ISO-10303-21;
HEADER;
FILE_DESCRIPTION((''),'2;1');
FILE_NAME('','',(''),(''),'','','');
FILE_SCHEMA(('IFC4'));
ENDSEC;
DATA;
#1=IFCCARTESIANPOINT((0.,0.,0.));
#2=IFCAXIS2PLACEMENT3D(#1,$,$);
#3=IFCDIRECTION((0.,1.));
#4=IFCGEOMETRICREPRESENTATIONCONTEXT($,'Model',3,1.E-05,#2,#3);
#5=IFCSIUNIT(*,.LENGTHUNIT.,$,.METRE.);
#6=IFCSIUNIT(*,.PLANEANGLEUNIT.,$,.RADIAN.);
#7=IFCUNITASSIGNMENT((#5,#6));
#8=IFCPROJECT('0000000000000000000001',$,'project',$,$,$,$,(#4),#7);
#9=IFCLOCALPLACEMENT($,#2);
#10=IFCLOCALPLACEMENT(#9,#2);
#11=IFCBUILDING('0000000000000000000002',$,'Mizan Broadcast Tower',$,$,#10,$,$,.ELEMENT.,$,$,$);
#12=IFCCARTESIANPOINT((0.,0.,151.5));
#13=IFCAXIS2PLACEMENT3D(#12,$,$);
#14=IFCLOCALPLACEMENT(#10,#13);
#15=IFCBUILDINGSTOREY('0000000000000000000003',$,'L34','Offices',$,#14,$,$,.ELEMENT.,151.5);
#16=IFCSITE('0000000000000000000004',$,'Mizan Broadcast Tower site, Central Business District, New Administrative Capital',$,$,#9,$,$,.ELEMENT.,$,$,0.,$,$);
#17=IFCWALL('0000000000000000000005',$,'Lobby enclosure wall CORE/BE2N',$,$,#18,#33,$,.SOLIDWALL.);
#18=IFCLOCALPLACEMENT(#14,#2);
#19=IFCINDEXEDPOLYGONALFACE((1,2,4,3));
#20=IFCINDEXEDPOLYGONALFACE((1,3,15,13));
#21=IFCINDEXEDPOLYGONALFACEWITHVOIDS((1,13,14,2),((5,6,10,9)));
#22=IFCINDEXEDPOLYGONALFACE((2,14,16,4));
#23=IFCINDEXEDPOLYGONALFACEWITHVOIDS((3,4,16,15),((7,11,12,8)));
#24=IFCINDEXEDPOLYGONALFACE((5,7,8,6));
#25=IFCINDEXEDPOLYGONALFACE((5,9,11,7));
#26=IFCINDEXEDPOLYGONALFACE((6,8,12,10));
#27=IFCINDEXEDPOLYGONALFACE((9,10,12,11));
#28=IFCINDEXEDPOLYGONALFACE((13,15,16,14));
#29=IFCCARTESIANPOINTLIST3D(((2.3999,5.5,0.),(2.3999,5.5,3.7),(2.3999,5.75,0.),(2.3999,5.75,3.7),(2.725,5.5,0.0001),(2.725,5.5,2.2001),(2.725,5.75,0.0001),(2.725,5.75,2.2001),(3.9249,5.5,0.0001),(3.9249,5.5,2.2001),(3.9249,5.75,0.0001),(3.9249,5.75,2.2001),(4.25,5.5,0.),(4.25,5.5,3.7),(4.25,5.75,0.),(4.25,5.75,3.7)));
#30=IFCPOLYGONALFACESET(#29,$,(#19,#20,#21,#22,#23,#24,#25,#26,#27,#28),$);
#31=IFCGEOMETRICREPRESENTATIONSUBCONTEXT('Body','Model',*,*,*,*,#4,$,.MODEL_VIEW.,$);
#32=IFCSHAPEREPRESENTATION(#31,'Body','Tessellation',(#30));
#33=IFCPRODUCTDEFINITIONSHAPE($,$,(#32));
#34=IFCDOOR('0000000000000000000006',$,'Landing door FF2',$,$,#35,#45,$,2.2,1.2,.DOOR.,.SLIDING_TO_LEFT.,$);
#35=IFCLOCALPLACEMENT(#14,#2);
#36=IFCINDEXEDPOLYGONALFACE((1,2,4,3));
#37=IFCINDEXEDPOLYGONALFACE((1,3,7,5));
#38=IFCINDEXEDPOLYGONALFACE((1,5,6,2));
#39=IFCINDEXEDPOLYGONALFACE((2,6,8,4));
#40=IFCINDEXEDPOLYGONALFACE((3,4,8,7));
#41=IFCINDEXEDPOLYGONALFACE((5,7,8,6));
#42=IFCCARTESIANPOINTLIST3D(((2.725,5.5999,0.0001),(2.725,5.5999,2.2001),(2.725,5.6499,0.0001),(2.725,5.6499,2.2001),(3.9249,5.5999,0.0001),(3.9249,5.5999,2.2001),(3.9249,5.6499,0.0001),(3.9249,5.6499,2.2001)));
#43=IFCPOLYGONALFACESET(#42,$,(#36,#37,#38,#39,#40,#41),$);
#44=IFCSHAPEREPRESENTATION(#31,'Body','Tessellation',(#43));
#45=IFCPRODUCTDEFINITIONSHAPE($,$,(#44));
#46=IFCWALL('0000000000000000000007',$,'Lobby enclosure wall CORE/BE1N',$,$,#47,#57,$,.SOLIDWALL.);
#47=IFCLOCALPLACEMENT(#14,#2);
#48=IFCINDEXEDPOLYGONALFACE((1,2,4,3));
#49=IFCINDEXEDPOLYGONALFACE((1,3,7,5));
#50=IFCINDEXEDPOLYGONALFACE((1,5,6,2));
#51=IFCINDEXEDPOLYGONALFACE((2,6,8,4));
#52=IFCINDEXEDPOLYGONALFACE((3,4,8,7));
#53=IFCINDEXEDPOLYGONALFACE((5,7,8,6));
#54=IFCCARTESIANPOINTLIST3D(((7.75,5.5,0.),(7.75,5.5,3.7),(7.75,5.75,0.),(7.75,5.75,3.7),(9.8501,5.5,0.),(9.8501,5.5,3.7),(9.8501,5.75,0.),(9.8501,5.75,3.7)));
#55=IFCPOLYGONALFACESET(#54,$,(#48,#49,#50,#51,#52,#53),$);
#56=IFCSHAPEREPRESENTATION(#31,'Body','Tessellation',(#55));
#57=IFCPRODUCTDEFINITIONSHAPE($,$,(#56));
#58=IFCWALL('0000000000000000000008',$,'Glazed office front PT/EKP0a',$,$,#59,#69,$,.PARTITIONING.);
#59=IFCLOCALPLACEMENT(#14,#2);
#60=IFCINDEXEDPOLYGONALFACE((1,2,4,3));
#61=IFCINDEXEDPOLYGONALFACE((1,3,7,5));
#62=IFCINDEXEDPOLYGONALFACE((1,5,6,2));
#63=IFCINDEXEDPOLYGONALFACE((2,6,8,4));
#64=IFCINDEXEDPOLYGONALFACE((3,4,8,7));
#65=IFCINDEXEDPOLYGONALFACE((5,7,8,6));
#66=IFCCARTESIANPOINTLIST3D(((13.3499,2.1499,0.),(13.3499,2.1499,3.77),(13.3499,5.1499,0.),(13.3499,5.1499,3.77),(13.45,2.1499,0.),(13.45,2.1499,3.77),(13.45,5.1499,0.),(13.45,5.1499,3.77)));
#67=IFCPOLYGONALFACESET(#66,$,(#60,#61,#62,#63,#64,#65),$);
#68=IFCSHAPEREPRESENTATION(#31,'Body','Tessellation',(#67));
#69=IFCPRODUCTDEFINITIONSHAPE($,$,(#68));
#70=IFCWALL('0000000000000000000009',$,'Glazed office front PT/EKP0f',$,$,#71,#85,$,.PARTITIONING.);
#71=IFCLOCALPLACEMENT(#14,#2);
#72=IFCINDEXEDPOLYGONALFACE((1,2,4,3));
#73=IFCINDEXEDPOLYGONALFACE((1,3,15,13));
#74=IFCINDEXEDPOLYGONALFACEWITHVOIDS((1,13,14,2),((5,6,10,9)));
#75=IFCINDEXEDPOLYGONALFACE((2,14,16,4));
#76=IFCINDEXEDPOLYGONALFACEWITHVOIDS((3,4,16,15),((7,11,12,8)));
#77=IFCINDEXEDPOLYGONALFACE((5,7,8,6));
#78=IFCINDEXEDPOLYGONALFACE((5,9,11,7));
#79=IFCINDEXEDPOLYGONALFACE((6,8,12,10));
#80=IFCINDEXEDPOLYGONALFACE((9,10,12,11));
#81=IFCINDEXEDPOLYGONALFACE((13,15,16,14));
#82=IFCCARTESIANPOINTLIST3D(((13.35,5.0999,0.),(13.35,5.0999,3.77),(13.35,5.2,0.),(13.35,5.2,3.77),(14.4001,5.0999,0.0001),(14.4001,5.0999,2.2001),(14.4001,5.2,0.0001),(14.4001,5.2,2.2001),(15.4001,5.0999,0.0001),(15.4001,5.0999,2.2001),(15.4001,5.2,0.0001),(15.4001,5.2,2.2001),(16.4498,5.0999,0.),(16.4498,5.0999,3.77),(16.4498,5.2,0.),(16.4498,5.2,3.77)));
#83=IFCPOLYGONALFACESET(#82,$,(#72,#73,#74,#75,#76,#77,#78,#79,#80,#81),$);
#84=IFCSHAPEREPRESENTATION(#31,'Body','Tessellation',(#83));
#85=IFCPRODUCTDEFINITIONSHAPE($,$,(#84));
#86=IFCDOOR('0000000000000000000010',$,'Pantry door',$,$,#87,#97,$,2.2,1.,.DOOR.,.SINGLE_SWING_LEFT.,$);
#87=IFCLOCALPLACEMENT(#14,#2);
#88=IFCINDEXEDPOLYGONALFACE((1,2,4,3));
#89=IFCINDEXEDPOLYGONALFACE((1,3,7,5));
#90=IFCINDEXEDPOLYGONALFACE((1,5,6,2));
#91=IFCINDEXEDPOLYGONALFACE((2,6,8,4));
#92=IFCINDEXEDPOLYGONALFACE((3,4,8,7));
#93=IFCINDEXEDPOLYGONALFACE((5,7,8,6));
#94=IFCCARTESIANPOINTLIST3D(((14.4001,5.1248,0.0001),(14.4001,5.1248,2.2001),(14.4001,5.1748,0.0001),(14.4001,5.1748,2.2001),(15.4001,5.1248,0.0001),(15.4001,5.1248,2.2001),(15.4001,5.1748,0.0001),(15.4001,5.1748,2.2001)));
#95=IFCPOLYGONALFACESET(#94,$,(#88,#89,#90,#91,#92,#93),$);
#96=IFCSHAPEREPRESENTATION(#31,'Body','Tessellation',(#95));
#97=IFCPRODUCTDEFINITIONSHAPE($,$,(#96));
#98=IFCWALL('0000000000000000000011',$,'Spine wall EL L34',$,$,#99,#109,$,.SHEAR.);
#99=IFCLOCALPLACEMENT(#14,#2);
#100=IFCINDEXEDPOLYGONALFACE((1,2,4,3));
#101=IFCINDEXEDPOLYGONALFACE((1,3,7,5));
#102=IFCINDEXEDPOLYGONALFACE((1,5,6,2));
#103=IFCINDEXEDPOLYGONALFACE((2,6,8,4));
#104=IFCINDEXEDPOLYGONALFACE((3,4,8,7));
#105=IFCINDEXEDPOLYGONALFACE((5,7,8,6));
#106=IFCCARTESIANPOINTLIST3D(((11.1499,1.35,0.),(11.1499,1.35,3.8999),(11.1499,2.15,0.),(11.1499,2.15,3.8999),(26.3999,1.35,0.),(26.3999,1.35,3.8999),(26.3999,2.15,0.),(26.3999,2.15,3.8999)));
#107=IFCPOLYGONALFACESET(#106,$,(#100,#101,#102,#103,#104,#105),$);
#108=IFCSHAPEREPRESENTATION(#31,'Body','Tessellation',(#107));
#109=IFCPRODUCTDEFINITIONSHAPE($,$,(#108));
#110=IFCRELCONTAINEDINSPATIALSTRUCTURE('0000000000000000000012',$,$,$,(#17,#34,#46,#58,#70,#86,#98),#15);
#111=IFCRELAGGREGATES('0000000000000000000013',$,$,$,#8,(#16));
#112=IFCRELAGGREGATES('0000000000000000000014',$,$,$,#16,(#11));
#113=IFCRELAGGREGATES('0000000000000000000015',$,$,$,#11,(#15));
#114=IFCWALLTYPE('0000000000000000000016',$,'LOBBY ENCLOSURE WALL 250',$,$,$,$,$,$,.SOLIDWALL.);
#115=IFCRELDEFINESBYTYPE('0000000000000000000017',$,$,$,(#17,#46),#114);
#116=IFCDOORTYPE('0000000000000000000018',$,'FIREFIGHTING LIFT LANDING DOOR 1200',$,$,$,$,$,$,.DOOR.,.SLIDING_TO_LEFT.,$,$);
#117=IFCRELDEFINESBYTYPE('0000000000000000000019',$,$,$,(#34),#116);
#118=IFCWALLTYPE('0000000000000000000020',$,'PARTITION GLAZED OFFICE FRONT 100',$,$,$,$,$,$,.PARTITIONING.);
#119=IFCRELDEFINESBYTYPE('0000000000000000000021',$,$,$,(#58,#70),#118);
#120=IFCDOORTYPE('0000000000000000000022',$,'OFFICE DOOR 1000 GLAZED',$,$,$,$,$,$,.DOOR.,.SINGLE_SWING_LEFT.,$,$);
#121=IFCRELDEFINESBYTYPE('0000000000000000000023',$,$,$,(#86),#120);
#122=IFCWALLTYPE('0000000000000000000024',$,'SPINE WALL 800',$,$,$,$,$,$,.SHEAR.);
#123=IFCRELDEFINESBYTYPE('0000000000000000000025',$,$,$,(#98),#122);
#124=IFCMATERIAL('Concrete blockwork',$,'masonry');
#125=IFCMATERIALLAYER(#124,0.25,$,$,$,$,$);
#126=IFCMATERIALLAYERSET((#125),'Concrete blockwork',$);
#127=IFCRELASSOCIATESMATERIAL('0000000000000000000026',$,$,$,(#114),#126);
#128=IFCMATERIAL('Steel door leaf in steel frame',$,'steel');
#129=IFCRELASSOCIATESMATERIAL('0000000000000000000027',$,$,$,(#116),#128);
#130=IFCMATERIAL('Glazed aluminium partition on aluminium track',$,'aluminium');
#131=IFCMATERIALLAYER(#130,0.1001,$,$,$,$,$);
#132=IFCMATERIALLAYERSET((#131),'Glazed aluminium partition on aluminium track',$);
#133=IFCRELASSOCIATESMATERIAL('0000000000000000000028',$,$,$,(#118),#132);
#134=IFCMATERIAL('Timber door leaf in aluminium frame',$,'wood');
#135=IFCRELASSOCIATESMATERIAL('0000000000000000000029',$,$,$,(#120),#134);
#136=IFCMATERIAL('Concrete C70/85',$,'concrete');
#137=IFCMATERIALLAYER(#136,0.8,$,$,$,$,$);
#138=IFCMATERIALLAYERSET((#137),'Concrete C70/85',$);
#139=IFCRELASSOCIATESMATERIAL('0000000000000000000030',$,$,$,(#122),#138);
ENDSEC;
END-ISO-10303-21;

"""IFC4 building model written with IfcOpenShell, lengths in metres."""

from ifc_helpers import new_model, si_unit, direction, frame, frame_2d, origin, place, context, subcontext, project, spatial, rectangle, extrude, material, layer, layer_set, type_object, element, fill, save


model = new_model("IFC4")

# Units and contexts
model_context = context("Model", 3, precision=1e-05, world=origin(), true_north=direction((0.0, 1.0)))
body_context = subcontext(model_context, "Body", "Model", "MODEL_VIEW")
ifc_project = project(units=[si_unit("LENGTHUNIT", "METRE"), si_unit("PLANEANGLEUNIT", "RADIAN")], contexts=[model_context])

# Site, building, storey
site_placement = place(None, origin())
site = spatial("IfcSite", under=ifc_project, at=site_placement, Name="Mizan Broadcast Tower site, Central Business District, New Administrative Capital", CompositionType="ELEMENT", RefElevation=0.0)
building_placement = place(site_placement, origin())
building = spatial("IfcBuilding", under=site, at=building_placement, Name="Mizan Broadcast Tower", CompositionType="ELEMENT")
storey_placement = place(building_placement, frame((0.0, 0.0, 151.5)))
storey = spatial("IfcBuildingStorey", under=building, at=storey_placement, Name="L34", Description="Offices", CompositionType="ELEMENT", Elevation=151.5)

# Wall, opening, door
ifc_material_1 = material(Name="Concrete blockwork", Category="masonry")
ifc_layer_1 = layer(ifc_material_1, 0.25)
ifc_layer_set_1 = layer_set([ifc_layer_1], Name="Concrete blockwork")
wall_type_1 = type_object("IfcWallType", Name="LOBBY ENCLOSURE WALL 250", PredefinedType="SOLIDWALL", material=ifc_layer_set_1)
wall_1_placement = place(storey_placement, frame((2.3999, 5.625, 0.0), z_axis=(0.0, 0.0, 1.0), x_axis=(1.0, 0.0, 0.0)))
wall_1 = element("IfcWall", 1, at=wall_1_placement, inside=storey, type_object=wall_type_1, Name="Lobby enclosure wall CORE/BE2N", PredefinedType="SOLIDWALL", context=body_context, shape_type="SweptSolid", body=[
    extrude(rectangle(XDim=1.8501, YDim=0.25, at=frame_2d((0.925, 0.0))), origin(), (0.0, 0.0, 1.0), 3.7),
])
opening_1_placement = place(wall_1_placement, frame((0.325, 0.0, 0.0)))
opening_1 = element("IfcOpeningElement", 2, at=opening_1_placement, cuts=wall_1, PredefinedType="OPENING", context=body_context, shape_type="SweptSolid", body=[
    extrude(rectangle(XDim=1.2, YDim=2.2, at=frame_2d((0.6001, 1.1001))), frame((0.0, 0.135, 0.0), z_axis=(0.0, -1.0, 0.0), x_axis=(1.0, 0.0, 0.0)), (0.0, 0.0, 1.0), 0.27),
])
ifc_material_2 = material(Name="Steel door leaf in steel frame", Category="steel")
door_type_1 = type_object("IfcDoorType", Name="FIREFIGHTING LIFT LANDING DOOR 1200", OperationType="SLIDING_TO_LEFT", PredefinedType="DOOR", material=ifc_material_2)
door_1_placement = place(opening_1_placement, origin())
door_1 = element("IfcDoor", 3, at=door_1_placement, inside=storey, type_object=door_type_1, Name="Landing door FF2", OperationType="SLIDING_TO_LEFT", OverallHeight=2.2, OverallWidth=1.2, PredefinedType="DOOR", context=body_context, shape_type="SweptSolid", body=[
    extrude(rectangle(XDim=1.2, YDim=2.2, at=frame_2d((0.6001, 1.1001))), frame((0.0, 0.0249, 0.0), z_axis=(0.0, -1.0, 0.0), x_axis=(1.0, 0.0, 0.0)), (0.0, 0.0, 1.0), 0.05),
])
fill(opening_1, door_1)

# Walls
wall_2_placement = place(storey_placement, frame((7.75, 5.625, 0.0), z_axis=(0.0, 0.0, 1.0), x_axis=(1.0, 0.0, 0.0)))
element("IfcWall", 4, at=wall_2_placement, inside=storey, type_object=wall_type_1, Name="Lobby enclosure wall CORE/BE1N", PredefinedType="SOLIDWALL", context=body_context, shape_type="SweptSolid", body=[
    extrude(rectangle(XDim=2.1001, YDim=0.25, at=frame_2d((1.05, 0.0))), origin(), (0.0, 0.0, 1.0), 3.7),
])
ifc_material_3 = material(Name="Glazed aluminium partition on aluminium track", Category="aluminium")
ifc_layer_2 = layer(ifc_material_3, 0.1001)
ifc_layer_set_2 = layer_set([ifc_layer_2], Name="Glazed aluminium partition on aluminium track")
wall_type_2 = type_object("IfcWallType", Name="PARTITION GLAZED OFFICE FRONT 100", PredefinedType="PARTITIONING", material=ifc_layer_set_2)
wall_3_placement = place(storey_placement, frame((13.3999, 2.1499, 0.0), z_axis=(0.0, 0.0, 1.0), x_axis=(0.0, 1.0, 0.0)))
element("IfcWall", 5, at=wall_3_placement, inside=storey, type_object=wall_type_2, Name="Glazed office front PT/EKP0a", PredefinedType="PARTITIONING", context=body_context, shape_type="SweptSolid", body=[
    extrude(rectangle(XDim=3.0, YDim=0.1001, at=frame_2d((1.5, 0.0))), origin(), (0.0, 0.0, 1.0), 3.77),
])

# Wall, opening, door
wall_4_placement = place(storey_placement, frame((13.3501, 5.1499, 0.0), z_axis=(0.0, 0.0, 1.0), x_axis=(1.0, 0.0, 0.0)))
wall_4 = element("IfcWall", 6, at=wall_4_placement, inside=storey, type_object=wall_type_2, Name="Glazed office front PT/EKP0f", PredefinedType="PARTITIONING", context=body_context, shape_type="SweptSolid", body=[
    extrude(rectangle(XDim=3.0999, YDim=0.1001, at=frame_2d((1.5498, 0.0))), origin(), (0.0, 0.0, 1.0), 3.77),
])
opening_2_placement = place(wall_4_placement, frame((1.05, 0.0, 0.0)))
opening_2 = element("IfcOpeningElement", 7, at=opening_2_placement, cuts=wall_4, PredefinedType="OPENING", context=body_context, shape_type="SweptSolid", body=[
    extrude(rectangle(XDim=1.0, YDim=2.2, at=frame_2d((0.5, 1.1001))), frame((0.0, 0.0601, 0.0), z_axis=(0.0, -1.0, 0.0), x_axis=(1.0, 0.0, 0.0)), (0.0, 0.0, 1.0), 0.1201),
])
ifc_material_4 = material(Name="Timber door leaf in aluminium frame", Category="wood")
door_type_2 = type_object("IfcDoorType", Name="OFFICE DOOR 1000 GLAZED", OperationType="SINGLE_SWING_LEFT", PredefinedType="DOOR", material=ifc_material_4)
door_2_placement = place(opening_2_placement, origin())
door_2 = element("IfcDoor", 8, at=door_2_placement, inside=storey, type_object=door_type_2, Name="Pantry door", OperationType="SINGLE_SWING_LEFT", OverallHeight=2.2, OverallWidth=1.0, PredefinedType="DOOR", context=body_context, shape_type="SweptSolid", body=[
    extrude(rectangle(XDim=1.0, YDim=2.2, at=frame_2d((0.5, 1.1001))), frame((0.0, 0.0249, 0.0), z_axis=(0.0, -1.0, 0.0), x_axis=(1.0, 0.0, 0.0)), (0.0, 0.0, 1.0), 0.05),
])
fill(opening_2, door_2)

# Wall
ifc_material_5 = material(Name="Concrete C70/85", Category="concrete")
ifc_layer_3 = layer(ifc_material_5, 0.8)
ifc_layer_set_3 = layer_set([ifc_layer_3], Name="Concrete C70/85")
wall_type_3 = type_object("IfcWallType", Name="SPINE WALL 800", PredefinedType="SHEAR", material=ifc_layer_set_3)
wall_5_placement = place(storey_placement, frame((11.1499, 1.75, 0.0), z_axis=(0.0, 0.0, 1.0), x_axis=(1.0, 0.0, 0.0)))
element("IfcWall", 9, at=wall_5_placement, inside=storey, type_object=wall_type_3, Name="Spine wall EL L34", PredefinedType="SHEAR", context=body_context, shape_type="SweptSolid", body=[
    extrude(rectangle(XDim=15.25, YDim=0.8, at=frame_2d((7.625, 0.0))), origin(), (0.0, 0.0, 1.0), 3.8999),
])

save(model, "model.ifc")
